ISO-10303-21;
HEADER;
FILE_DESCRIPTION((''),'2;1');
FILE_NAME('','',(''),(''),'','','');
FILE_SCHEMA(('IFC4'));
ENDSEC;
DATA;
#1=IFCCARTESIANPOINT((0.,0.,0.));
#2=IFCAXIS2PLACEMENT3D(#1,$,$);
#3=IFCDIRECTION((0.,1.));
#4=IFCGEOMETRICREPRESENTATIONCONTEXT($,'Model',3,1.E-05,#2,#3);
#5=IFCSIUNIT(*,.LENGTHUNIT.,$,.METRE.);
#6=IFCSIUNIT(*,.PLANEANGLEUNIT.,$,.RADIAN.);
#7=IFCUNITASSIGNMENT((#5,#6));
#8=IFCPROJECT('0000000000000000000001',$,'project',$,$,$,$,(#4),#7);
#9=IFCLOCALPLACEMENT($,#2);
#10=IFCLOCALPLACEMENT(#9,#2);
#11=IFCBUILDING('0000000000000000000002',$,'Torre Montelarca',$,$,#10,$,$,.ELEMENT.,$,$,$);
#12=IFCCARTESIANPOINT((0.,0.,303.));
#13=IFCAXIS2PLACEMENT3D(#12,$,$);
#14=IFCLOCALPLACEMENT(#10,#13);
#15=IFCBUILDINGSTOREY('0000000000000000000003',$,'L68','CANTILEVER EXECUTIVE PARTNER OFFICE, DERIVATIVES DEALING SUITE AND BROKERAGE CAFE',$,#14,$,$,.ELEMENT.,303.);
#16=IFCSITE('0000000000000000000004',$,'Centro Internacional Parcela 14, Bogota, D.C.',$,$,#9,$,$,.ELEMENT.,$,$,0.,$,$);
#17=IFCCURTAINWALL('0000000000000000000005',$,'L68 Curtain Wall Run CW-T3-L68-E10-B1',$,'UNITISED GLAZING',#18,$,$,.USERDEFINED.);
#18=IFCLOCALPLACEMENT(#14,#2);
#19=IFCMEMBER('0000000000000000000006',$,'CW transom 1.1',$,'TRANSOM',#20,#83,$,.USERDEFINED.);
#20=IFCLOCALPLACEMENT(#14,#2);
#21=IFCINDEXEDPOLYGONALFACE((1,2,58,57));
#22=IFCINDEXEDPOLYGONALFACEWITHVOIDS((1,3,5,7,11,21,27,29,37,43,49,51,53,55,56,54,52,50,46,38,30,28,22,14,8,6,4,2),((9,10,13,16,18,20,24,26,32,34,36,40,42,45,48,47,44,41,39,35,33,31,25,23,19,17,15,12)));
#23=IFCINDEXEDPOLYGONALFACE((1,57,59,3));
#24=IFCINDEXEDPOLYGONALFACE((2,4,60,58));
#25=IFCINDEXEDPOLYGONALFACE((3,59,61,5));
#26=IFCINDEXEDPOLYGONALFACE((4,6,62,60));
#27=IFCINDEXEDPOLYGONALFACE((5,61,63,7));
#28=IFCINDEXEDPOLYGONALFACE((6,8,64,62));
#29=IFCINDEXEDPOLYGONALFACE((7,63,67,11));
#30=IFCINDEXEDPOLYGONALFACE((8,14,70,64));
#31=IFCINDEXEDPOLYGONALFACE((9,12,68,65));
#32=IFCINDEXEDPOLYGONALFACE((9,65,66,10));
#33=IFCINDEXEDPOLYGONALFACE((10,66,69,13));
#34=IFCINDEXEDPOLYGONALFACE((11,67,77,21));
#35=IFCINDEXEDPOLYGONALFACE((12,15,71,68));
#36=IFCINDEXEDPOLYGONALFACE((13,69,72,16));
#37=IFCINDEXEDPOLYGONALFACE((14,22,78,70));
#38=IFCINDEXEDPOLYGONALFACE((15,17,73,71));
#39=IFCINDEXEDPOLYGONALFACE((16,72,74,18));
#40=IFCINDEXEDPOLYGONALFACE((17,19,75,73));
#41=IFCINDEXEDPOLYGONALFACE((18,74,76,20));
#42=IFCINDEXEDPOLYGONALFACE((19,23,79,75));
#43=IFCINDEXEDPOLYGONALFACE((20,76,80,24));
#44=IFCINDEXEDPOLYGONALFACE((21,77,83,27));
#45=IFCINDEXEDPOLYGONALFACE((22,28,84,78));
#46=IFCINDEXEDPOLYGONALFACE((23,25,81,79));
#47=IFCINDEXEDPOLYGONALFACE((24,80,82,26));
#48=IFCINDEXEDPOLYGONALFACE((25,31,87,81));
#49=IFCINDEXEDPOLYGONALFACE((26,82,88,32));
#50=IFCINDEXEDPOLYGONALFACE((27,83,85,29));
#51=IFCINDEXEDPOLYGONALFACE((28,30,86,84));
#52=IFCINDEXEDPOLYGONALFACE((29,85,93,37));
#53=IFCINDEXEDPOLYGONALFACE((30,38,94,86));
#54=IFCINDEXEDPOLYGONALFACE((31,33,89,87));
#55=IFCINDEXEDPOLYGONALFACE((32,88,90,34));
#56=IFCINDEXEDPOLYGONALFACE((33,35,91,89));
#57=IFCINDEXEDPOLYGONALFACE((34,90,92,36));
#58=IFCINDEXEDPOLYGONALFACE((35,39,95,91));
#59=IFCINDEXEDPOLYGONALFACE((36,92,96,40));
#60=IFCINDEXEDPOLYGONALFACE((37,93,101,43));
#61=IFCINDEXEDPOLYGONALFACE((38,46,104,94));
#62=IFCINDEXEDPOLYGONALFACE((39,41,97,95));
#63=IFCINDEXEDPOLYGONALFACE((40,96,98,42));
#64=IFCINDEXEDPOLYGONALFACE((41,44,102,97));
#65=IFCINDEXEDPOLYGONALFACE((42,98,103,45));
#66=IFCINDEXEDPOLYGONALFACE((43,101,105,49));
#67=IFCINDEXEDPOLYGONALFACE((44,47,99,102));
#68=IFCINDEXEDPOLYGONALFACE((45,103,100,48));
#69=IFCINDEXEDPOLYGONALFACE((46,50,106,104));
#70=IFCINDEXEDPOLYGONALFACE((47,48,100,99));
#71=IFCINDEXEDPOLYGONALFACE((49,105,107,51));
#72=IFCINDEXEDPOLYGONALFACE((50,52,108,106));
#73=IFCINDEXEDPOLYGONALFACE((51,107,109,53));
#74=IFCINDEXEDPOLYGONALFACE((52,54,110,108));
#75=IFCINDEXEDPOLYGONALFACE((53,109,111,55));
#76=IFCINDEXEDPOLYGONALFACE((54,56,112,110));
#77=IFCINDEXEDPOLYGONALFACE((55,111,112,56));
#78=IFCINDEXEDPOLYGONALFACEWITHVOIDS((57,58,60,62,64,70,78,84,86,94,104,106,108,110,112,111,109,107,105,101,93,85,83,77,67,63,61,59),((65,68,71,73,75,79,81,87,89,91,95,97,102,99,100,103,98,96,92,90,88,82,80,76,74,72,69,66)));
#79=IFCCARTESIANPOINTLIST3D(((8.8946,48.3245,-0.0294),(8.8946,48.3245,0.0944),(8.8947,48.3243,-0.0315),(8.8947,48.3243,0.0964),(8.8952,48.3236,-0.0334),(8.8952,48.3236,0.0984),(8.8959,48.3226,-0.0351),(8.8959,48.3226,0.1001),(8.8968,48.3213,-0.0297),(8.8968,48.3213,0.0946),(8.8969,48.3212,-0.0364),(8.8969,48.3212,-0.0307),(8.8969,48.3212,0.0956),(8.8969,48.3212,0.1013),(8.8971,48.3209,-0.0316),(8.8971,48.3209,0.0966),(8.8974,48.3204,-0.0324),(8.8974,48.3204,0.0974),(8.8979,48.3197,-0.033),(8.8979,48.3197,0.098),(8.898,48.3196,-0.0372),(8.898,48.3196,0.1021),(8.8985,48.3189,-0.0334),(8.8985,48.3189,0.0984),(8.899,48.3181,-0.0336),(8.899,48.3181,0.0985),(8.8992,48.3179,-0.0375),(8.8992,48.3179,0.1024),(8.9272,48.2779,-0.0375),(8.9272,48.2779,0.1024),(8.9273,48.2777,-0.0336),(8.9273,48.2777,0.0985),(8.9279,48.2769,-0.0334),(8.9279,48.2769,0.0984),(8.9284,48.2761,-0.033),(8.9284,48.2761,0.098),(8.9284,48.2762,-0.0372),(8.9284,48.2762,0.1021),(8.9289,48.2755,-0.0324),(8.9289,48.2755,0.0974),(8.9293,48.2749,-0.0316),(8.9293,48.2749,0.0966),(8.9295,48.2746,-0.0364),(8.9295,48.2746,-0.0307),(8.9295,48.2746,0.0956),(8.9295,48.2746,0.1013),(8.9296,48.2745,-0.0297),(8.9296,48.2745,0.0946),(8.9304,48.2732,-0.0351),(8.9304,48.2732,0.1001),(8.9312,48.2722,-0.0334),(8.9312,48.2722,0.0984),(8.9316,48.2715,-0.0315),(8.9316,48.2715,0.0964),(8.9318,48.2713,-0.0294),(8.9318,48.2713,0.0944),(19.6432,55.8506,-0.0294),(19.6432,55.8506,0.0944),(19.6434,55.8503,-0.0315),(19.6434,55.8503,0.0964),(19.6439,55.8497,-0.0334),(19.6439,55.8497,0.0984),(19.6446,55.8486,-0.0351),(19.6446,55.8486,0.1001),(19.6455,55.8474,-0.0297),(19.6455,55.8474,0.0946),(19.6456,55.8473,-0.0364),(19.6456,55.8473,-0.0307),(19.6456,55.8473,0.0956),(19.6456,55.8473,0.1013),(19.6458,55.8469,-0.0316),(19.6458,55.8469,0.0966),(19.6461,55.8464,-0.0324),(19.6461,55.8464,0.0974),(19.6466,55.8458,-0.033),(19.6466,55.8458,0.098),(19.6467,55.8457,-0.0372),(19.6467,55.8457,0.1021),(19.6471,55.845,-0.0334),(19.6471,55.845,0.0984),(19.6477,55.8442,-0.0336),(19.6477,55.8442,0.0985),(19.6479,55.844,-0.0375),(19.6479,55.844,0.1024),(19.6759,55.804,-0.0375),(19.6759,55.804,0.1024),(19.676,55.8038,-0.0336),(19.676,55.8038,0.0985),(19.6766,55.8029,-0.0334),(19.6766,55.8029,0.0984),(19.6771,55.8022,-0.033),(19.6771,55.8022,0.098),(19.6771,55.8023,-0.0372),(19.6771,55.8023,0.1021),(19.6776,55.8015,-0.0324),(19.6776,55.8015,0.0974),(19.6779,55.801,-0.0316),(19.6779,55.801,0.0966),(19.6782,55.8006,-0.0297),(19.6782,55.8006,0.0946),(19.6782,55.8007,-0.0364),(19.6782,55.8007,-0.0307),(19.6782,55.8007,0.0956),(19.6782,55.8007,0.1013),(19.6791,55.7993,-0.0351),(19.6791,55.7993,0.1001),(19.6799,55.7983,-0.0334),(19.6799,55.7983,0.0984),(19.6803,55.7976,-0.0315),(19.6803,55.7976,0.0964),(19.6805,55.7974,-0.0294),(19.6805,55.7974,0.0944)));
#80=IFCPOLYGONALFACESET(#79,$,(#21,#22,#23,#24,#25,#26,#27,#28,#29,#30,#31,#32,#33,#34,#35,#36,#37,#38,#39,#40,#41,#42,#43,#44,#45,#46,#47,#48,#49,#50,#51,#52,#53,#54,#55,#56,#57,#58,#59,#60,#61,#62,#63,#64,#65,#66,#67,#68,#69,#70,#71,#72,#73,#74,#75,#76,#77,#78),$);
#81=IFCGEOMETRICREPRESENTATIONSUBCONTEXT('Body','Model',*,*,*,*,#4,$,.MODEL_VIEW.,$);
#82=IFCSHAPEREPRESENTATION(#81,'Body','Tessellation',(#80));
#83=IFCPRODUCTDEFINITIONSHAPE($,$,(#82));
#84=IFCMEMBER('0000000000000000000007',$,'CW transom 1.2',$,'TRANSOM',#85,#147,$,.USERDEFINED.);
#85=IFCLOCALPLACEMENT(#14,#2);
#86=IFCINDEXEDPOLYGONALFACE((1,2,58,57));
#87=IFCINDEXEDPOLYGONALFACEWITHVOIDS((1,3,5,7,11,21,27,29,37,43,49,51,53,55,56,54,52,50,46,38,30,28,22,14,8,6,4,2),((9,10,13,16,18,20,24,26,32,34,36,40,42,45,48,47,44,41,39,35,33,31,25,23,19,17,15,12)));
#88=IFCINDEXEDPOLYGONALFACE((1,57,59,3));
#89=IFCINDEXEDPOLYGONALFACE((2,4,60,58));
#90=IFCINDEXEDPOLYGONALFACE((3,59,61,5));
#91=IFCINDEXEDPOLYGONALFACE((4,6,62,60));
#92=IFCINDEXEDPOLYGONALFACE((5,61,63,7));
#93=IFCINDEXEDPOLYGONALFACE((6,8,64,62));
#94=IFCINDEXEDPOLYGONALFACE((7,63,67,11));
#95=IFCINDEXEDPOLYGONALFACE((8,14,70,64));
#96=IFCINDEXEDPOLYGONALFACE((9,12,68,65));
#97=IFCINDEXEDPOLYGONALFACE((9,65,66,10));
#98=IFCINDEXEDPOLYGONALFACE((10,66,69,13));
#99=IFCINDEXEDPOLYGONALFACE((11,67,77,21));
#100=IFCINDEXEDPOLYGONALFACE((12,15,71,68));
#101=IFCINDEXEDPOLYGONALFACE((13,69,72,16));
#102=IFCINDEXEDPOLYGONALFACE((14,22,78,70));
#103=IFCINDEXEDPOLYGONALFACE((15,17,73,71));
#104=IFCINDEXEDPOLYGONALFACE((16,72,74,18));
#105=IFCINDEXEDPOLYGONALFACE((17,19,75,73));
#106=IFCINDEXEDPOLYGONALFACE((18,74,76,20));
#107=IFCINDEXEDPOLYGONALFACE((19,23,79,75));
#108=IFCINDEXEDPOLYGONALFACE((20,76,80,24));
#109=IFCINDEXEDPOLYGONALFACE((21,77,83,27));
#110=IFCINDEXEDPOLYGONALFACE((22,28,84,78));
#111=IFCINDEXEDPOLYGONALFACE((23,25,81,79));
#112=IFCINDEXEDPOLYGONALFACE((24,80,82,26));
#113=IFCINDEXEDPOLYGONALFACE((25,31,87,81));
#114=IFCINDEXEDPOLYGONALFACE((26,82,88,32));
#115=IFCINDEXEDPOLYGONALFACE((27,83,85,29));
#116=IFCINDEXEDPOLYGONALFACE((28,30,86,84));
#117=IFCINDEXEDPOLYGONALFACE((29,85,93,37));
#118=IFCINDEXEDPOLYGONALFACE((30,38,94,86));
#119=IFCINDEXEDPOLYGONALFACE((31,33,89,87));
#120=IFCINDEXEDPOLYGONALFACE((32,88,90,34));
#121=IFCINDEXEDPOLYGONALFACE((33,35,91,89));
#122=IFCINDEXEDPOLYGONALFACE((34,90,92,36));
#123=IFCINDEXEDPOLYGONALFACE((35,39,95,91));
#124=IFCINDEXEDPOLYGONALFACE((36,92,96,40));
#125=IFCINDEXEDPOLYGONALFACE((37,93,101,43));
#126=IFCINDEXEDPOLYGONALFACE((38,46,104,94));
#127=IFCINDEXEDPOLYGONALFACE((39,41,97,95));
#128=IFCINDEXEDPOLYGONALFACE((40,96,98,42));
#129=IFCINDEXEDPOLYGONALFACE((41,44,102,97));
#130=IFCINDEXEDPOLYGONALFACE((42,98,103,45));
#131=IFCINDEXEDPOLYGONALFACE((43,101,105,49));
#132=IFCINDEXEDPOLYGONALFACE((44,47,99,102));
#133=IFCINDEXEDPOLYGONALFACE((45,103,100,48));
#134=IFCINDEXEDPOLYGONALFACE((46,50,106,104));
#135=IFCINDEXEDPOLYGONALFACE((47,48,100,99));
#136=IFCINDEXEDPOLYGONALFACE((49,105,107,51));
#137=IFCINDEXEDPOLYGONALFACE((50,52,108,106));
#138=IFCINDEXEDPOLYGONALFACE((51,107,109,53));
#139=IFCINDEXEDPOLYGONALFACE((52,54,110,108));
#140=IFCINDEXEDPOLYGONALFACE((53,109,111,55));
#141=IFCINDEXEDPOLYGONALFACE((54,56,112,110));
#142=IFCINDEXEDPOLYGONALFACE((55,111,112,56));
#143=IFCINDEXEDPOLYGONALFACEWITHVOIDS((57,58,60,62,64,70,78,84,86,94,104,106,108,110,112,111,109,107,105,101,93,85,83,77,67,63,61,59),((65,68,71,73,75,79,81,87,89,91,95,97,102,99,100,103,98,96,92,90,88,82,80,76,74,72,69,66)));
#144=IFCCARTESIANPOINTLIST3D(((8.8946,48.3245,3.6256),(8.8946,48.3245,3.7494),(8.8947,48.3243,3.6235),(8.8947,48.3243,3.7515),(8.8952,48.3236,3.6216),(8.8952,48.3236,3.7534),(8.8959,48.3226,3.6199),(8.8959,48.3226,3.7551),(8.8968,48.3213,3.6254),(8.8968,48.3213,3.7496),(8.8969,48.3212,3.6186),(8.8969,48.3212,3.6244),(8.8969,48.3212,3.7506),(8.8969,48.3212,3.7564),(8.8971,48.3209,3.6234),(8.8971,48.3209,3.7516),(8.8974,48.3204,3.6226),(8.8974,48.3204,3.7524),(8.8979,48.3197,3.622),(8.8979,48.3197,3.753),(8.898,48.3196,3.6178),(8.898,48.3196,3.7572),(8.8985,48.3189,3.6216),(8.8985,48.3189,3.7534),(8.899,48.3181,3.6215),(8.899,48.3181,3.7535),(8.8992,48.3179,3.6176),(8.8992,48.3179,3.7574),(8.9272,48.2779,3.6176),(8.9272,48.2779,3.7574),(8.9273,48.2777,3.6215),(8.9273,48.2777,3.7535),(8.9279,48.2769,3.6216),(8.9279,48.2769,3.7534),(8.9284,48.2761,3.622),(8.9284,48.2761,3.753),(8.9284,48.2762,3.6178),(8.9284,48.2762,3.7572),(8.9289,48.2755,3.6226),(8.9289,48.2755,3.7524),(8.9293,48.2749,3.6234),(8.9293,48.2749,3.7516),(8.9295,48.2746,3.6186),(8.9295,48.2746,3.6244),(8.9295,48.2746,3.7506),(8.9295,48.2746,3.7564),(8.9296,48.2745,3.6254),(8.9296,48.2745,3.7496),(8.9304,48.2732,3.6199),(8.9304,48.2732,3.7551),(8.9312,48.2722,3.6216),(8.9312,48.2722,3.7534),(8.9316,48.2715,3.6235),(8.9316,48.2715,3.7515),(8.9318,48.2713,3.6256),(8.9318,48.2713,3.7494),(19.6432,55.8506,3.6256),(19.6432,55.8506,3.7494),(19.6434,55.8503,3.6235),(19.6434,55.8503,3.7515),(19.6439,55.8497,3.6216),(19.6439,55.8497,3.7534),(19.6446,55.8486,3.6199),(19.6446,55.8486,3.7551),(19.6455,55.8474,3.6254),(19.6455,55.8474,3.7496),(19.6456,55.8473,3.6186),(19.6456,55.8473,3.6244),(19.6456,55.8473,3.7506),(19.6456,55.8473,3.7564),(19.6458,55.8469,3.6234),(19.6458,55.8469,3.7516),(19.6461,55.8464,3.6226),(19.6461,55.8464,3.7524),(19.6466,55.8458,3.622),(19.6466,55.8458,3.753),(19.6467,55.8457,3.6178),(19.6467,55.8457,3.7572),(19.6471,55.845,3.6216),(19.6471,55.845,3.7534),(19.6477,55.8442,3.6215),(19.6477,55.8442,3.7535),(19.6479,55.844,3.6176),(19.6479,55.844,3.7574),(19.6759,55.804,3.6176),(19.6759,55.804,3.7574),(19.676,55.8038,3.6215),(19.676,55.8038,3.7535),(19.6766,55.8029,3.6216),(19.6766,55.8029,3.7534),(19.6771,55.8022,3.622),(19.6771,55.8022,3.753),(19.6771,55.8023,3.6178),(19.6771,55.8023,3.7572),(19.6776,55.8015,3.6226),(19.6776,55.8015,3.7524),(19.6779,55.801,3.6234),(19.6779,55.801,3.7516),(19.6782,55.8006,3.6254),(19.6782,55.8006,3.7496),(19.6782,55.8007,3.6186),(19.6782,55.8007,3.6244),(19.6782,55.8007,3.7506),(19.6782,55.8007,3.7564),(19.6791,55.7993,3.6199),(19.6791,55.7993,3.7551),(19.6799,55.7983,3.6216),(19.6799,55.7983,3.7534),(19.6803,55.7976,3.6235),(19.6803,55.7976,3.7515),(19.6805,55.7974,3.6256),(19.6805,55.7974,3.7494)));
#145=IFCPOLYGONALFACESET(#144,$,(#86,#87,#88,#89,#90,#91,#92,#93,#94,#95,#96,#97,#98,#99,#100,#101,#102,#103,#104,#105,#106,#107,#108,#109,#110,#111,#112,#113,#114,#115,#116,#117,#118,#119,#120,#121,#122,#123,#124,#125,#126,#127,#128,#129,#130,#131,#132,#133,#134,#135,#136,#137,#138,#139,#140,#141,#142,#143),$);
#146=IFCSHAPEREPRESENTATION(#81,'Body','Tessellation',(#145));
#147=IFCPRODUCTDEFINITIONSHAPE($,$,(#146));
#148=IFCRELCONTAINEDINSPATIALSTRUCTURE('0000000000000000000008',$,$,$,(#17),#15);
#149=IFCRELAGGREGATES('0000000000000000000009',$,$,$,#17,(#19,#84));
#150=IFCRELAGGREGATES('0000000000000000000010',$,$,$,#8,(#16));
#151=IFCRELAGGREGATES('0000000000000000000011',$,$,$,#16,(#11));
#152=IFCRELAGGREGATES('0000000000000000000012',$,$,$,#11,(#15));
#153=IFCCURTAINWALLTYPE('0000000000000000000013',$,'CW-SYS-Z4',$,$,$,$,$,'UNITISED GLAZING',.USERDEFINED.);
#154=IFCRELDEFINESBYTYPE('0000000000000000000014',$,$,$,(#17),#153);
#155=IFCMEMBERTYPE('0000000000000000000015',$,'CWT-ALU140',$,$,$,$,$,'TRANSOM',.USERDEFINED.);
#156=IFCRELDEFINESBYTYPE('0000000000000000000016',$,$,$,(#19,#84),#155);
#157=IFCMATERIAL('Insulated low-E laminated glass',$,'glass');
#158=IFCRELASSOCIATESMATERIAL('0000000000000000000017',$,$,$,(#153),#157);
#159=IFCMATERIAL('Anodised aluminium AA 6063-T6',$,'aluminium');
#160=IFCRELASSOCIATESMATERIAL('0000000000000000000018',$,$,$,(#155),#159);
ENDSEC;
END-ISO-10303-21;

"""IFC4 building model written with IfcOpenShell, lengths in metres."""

from ifc_helpers import new_model, si_unit, direction, frame, origin, origin_2d, place, context, subcontext, project, spatial, hollow_rectangle, extrude, source, transform, mapped, material, material_profile, profile_set, type_object, element, aggregate, save


model = new_model("IFC4")

# Units and contexts
model_context = context("Model", 3, precision=1e-05, world=origin(), true_north=direction((0.0, 1.0)))
body_context = subcontext(model_context, "Body", "Model", "MODEL_VIEW")
ifc_project = project(units=[si_unit("LENGTHUNIT", "METRE"), si_unit("PLANEANGLEUNIT", "RADIAN")], contexts=[model_context])

# Site, building, storey
site_placement = place(None, origin())
site = spatial("IfcSite", under=ifc_project, at=site_placement, Name="Centro Internacional Parcela 14, Bogota, D.C.", CompositionType="ELEMENT", RefElevation=0.0)
building_placement = place(site_placement, origin())
building = spatial("IfcBuilding", under=site, at=building_placement, Name="Torre Montelarca", CompositionType="ELEMENT")
storey_placement = place(building_placement, frame((0.0, 0.0, 303.0)))
storey = spatial("IfcBuildingStorey", under=building, at=storey_placement, Name="L68", Description="CANTILEVER EXECUTIVE PARTNER OFFICE, DERIVATIVES DEALING SUITE AND BROKERAGE CAFE", CompositionType="ELEMENT", Elevation=303.0)

# Shared definitions
ifc_material_1 = material(Name="Insulated low-E laminated glass", Category="glass")
curtain_wall_type = type_object("IfcCurtainWallType", Name="CW-SYS-Z4", ElementType="UNITISED GLAZING", PredefinedType="USERDEFINED", material=ifc_material_1)
ifc_material_2 = material(Name="Anodised aluminium AA 6063-T6", Category="aluminium")

# Curtain wall
curtain_wall_1_placement = place(storey_placement, origin())
curtain_wall_1 = element("IfcCurtainWall", 1, at=curtain_wall_1_placement, inside=storey, type_object=curtain_wall_type, Name="L68 Curtain Wall Run CW-T3-L68-E10-B1", ObjectType="UNITISED GLAZING", PredefinedType="USERDEFINED")

# Members
ifc_material_profile_1 = material_profile(ifc_material_2, hollow_rectangle(XDim=0.0649, YDim=0.1399, WallThickness=0.0039, InnerFilletRadius=0.0039, OuterFilletRadius=0.0081, at=origin_2d()), Name="ALU65X140X4", Category="aluminium")
ifc_profile_set_1 = profile_set([ifc_material_profile_1], Name="Anodised aluminium AA 6063-T6")
member_type_1 = type_object("IfcMemberType", Name="CWT-ALU140", ElementType="TRANSOM", PredefinedType="USERDEFINED", material=ifc_profile_set_1)
shared_shape_1 = source(origin(), body_context, "Body", "SweptSolid", [
    extrude(hollow_rectangle(XDim=0.0649, YDim=0.1399, WallThickness=0.0039, InnerFilletRadius=0.0039, OuterFilletRadius=0.0081, at=origin_2d()), origin(), (0.0, 0.0, 1.0), 13.1216),
])
member_1_placement = place(storey_placement, frame((19.6619, 55.824, 0.0325), z_axis=(-0.819161, -0.573563, 0.0), x_axis=(0.573563, -0.819161, 0.0)))
member_1 = element("IfcMember", 2, at=member_1_placement, type_object=member_type_1, Name="CW transom 1.1", ObjectType="TRANSOM", PredefinedType="USERDEFINED", context=body_context, shape_type="MappedRepresentation", body=[
    mapped(shared_shape_1, transform((0.0, 0.0, 0.0), scale=1.0)),
])
member_2_placement = place(storey_placement, frame((19.6619, 55.824, 3.6875), z_axis=(-0.819161, -0.573563, 0.0), x_axis=(0.573563, -0.819161, 0.0)))
member_2 = element("IfcMember", 3, at=member_2_placement, type_object=member_type_1, Name="CW transom 1.2", ObjectType="TRANSOM", PredefinedType="USERDEFINED", context=body_context, shape_type="MappedRepresentation", body=[
    mapped(shared_shape_1, transform((0.0, 0.0, 0.0), scale=1.0)),
])
aggregate(curtain_wall_1, [member_1, member_2])

save(model, "model.ifc")
